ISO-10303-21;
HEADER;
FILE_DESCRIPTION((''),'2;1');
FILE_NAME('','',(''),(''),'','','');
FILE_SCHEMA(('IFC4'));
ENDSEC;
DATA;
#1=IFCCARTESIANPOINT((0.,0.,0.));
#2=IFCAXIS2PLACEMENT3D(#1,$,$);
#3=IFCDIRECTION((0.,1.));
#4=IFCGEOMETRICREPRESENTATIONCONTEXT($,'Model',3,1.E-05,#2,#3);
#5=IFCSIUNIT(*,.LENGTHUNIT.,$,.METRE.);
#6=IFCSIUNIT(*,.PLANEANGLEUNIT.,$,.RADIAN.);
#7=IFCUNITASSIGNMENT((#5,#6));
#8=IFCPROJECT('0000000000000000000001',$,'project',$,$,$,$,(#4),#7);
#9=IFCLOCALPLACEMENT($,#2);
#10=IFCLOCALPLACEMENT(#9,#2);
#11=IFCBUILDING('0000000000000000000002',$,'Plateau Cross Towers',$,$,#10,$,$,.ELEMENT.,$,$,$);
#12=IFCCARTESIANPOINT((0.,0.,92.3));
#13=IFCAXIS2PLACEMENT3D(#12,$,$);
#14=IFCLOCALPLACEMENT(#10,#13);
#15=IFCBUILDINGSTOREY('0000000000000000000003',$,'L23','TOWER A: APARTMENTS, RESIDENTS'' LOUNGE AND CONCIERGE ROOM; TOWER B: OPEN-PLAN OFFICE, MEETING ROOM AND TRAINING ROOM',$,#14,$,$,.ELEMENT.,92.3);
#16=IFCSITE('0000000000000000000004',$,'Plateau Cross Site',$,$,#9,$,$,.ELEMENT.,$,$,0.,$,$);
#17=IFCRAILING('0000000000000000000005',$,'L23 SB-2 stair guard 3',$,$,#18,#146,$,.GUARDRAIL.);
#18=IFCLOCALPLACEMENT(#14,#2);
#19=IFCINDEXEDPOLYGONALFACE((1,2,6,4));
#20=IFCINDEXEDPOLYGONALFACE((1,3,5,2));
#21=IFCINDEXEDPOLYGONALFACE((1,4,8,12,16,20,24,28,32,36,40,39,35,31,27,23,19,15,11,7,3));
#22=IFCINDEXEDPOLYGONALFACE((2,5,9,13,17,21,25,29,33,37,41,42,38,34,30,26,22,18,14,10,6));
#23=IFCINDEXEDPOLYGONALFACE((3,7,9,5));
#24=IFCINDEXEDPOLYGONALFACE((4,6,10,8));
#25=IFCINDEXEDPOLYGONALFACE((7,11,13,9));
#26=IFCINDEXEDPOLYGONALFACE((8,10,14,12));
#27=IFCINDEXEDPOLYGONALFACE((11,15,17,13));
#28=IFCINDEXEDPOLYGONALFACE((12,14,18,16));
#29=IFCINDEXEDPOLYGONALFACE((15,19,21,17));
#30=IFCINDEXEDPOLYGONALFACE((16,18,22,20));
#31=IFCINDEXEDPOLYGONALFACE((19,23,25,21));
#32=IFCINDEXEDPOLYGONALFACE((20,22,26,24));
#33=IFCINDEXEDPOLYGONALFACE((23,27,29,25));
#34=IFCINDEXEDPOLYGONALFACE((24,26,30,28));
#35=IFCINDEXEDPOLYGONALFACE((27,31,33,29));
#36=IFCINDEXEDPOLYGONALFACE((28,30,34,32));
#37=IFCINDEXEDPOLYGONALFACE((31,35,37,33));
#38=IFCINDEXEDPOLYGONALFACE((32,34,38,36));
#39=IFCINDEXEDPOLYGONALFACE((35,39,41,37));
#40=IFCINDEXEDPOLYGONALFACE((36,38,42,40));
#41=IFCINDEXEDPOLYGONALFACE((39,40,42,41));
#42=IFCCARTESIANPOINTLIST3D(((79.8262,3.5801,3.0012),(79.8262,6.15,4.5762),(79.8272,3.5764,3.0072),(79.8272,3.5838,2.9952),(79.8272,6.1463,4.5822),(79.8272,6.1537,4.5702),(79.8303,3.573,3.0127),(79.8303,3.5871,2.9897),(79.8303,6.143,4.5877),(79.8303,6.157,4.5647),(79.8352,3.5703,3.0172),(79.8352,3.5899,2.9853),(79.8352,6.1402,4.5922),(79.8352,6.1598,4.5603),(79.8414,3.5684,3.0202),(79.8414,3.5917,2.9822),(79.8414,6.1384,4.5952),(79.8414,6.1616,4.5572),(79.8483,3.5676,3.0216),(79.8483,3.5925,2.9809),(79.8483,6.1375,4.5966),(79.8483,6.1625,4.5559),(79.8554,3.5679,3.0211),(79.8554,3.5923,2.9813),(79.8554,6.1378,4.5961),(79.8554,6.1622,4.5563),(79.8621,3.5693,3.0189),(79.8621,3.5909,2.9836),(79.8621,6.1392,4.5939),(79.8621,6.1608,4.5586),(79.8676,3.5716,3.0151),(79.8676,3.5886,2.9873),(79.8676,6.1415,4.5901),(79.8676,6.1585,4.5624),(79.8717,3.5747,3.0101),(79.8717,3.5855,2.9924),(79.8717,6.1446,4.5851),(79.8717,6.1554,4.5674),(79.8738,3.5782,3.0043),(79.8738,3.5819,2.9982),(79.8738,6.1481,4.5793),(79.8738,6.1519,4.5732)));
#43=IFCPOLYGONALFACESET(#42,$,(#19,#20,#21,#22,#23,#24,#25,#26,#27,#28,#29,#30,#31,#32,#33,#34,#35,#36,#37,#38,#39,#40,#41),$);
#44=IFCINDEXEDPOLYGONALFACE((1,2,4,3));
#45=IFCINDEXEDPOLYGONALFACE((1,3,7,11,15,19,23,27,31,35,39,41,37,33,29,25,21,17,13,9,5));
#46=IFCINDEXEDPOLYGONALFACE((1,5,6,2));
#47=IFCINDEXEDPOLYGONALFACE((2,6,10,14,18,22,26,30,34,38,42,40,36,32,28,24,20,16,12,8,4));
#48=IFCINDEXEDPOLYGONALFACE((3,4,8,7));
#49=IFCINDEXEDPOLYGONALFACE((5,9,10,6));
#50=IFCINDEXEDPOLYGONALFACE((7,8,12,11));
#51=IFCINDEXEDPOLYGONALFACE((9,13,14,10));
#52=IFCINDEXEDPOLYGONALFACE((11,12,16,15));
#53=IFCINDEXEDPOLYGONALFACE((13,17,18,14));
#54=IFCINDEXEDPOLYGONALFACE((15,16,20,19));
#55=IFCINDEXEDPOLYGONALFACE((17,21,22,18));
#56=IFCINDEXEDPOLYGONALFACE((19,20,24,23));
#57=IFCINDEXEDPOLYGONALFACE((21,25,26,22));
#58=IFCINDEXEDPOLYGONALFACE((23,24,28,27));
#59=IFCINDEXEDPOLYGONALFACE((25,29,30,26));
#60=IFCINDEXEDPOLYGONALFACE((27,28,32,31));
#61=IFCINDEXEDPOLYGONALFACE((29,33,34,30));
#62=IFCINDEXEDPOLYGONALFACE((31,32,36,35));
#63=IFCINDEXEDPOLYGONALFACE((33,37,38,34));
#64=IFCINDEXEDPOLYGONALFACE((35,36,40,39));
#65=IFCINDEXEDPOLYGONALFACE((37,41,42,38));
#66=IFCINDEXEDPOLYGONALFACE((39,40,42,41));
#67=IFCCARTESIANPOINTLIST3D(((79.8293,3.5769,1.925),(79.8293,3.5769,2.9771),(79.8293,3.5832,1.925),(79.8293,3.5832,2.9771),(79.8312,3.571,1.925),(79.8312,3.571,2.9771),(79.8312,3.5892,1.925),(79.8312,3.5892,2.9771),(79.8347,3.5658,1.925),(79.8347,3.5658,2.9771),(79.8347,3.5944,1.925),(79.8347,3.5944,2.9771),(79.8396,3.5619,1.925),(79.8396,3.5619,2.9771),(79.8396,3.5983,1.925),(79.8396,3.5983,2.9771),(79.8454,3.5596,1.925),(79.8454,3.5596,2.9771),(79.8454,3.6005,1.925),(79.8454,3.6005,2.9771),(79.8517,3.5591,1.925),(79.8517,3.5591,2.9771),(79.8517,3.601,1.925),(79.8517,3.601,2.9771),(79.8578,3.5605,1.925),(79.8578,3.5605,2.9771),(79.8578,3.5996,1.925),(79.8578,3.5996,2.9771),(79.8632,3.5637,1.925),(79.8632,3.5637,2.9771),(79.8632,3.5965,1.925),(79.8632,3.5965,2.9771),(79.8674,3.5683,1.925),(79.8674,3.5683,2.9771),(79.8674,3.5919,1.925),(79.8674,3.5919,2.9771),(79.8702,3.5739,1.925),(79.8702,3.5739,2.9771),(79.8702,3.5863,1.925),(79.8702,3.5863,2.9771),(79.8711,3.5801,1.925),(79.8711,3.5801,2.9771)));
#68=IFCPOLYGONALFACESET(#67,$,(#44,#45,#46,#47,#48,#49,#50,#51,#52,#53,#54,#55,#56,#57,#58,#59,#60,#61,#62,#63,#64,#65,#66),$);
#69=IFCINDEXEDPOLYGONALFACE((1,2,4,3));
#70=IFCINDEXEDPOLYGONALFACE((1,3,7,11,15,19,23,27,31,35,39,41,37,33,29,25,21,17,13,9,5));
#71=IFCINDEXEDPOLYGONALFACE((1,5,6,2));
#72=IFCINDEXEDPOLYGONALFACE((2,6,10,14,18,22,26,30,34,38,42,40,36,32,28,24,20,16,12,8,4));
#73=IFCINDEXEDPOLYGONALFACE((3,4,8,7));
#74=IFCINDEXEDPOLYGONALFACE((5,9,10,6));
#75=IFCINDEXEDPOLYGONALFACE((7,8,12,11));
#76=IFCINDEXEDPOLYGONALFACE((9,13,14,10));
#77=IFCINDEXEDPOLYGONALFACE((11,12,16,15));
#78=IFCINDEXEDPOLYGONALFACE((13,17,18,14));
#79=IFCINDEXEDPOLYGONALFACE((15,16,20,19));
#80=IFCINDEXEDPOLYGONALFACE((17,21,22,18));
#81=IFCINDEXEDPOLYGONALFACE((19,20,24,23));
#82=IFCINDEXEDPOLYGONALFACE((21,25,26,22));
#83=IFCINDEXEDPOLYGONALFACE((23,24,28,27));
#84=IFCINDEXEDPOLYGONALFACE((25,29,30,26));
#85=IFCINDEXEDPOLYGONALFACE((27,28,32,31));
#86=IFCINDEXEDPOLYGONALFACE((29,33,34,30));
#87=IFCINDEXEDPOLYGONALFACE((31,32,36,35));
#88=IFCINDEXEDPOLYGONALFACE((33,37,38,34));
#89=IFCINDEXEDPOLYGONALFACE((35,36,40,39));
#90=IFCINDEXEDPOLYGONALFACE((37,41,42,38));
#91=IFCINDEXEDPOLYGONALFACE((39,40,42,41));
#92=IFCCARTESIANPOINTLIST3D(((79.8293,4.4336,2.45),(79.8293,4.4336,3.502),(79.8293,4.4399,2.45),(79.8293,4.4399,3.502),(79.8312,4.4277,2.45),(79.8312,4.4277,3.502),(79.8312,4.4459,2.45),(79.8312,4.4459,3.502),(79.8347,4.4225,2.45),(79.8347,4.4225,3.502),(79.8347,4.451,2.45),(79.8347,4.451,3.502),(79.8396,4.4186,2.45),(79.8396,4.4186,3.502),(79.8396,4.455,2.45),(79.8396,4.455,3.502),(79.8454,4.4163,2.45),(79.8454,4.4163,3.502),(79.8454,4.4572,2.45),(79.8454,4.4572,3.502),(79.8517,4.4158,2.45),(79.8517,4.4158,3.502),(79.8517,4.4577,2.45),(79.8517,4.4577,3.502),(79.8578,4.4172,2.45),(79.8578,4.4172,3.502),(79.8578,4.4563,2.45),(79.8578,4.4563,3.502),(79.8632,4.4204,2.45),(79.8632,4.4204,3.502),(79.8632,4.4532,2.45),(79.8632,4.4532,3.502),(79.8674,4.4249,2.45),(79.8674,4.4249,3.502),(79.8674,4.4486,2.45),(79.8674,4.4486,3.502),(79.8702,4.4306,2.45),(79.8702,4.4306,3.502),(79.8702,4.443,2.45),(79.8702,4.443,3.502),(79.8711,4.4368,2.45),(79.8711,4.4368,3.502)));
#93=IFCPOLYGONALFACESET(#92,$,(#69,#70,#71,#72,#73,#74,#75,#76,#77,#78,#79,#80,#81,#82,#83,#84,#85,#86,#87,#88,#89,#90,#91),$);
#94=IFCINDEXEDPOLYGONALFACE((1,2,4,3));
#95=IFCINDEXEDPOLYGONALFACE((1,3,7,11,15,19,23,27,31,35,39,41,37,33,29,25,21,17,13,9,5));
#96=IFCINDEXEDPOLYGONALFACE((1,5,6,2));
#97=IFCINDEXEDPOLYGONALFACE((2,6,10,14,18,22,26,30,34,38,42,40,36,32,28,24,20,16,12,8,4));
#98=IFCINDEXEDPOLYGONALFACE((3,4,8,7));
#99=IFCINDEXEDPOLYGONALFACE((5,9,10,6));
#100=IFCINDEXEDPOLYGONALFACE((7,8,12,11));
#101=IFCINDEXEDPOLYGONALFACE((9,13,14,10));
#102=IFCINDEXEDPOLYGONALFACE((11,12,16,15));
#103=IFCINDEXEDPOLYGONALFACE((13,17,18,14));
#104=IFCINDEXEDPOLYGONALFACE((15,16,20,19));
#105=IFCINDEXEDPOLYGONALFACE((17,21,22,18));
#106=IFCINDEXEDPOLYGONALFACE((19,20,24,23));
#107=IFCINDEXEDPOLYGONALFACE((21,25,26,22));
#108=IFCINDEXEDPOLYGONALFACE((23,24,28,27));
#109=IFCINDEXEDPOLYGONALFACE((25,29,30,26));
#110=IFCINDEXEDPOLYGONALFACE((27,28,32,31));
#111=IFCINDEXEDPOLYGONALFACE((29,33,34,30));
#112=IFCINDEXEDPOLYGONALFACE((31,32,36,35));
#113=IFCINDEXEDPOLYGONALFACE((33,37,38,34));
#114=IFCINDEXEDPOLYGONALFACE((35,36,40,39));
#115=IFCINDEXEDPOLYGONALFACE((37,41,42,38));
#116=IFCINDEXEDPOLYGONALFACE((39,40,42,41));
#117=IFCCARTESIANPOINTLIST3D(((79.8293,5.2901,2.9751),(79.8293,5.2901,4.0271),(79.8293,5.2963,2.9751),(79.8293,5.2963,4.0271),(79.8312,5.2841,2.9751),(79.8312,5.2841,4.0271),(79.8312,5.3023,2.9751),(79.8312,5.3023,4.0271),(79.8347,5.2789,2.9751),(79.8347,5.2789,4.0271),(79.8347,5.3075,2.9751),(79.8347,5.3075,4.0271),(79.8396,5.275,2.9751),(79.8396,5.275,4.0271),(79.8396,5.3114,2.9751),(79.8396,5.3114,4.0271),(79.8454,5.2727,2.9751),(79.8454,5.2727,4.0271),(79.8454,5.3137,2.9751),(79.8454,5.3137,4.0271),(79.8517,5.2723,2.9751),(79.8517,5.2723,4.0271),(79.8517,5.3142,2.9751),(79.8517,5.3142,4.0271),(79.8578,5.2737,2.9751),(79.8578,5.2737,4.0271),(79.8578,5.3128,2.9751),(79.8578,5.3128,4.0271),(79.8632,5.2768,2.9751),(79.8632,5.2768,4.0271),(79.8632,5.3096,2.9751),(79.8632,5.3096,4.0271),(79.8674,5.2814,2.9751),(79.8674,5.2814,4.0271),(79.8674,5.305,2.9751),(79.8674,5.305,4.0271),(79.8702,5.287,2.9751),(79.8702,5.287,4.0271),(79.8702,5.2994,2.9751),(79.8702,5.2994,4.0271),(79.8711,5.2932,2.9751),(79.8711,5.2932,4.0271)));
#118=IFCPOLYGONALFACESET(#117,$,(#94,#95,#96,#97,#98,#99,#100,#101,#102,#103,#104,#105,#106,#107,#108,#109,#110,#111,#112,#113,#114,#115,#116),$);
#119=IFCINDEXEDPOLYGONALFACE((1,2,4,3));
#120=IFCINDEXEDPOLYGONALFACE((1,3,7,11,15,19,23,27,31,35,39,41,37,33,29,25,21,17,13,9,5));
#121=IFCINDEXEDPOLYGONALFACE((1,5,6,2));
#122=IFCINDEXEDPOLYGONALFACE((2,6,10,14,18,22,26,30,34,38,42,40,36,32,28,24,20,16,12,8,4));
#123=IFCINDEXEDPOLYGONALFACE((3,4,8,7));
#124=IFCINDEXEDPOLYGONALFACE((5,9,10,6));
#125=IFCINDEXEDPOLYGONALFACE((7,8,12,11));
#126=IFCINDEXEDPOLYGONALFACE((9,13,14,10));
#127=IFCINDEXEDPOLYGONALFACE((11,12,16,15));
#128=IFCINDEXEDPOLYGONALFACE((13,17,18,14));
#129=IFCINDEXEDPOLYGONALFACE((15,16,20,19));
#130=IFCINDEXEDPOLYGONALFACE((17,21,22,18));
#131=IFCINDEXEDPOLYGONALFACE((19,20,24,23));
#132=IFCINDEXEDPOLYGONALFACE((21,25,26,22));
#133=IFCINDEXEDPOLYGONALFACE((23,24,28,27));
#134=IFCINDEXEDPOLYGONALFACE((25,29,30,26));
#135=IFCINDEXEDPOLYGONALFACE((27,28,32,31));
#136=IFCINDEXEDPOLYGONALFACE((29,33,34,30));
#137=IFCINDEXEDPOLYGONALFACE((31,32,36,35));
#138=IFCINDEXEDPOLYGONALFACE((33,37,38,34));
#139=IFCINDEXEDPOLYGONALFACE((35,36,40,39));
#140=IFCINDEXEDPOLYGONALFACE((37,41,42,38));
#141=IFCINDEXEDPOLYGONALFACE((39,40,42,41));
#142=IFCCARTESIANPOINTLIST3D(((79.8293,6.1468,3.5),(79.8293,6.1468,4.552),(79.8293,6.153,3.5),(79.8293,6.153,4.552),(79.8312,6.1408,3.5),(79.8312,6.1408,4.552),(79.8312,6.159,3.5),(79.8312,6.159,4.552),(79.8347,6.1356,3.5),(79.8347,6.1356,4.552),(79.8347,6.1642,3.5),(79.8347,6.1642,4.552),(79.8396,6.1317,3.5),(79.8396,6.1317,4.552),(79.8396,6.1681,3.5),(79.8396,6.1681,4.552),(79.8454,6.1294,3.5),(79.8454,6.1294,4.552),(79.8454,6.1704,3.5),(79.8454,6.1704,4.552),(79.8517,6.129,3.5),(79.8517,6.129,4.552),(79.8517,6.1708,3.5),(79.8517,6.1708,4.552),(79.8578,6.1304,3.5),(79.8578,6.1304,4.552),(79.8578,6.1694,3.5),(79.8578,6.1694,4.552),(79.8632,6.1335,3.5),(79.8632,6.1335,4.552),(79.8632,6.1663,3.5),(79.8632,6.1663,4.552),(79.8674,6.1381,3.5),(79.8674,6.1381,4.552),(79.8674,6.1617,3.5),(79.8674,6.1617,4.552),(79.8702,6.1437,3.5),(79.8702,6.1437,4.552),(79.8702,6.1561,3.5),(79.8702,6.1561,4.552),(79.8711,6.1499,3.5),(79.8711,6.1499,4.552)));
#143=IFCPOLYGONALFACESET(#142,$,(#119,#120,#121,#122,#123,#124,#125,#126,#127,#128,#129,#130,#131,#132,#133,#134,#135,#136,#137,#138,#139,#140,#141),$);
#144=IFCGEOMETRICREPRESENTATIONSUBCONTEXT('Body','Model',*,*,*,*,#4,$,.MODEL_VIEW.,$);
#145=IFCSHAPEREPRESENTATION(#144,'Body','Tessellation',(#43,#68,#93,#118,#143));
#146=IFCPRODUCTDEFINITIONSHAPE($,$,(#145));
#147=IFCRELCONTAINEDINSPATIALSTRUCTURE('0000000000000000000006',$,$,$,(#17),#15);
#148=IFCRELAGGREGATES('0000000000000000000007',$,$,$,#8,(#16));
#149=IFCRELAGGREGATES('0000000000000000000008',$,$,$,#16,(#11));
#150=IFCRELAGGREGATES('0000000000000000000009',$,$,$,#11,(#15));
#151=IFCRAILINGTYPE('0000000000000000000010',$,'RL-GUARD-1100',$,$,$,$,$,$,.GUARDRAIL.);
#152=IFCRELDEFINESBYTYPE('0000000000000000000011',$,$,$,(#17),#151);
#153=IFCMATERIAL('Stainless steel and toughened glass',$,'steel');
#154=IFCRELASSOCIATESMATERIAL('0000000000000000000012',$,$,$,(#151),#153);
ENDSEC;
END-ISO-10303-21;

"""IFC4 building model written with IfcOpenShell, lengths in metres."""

from ifc_helpers import new_model, si_unit, direction, frame, origin, origin_2d, place, context, subcontext, project, spatial, circle, extrude, material, type_object, element, save


model = new_model("IFC4")

# Units and contexts
model_context = context("Model", 3, precision=1e-05, world=origin(), true_north=direction((0.0, 1.0)))
body_context = subcontext(model_context, "Body", "Model", "MODEL_VIEW")
ifc_project = project(units=[si_unit("LENGTHUNIT", "METRE"), si_unit("PLANEANGLEUNIT", "RADIAN")], contexts=[model_context])

# Site, building, storey
site_placement = place(None, origin())
site = spatial("IfcSite", under=ifc_project, at=site_placement, Name="Plateau Cross Site", CompositionType="ELEMENT", RefElevation=0.0)
building_placement = place(site_placement, origin())
building = spatial("IfcBuilding", under=site, at=building_placement, Name="Plateau Cross Towers", CompositionType="ELEMENT")
storey_placement = place(building_placement, frame((0.0, 0.0, 92.3)))
storey = spatial("IfcBuildingStorey", under=building, at=storey_placement, Name="L23", Description="TOWER A: APARTMENTS, RESIDENTS' LOUNGE AND CONCIERGE ROOM; TOWER B: OPEN-PLAN OFFICE, MEETING ROOM AND TRAINING ROOM", CompositionType="ELEMENT", Elevation=92.3)

# Railing
ifc_material_1 = material(Name="Stainless steel and toughened glass", Category="steel")
railing_type_1 = type_object("IfcRailingType", Name="RL-GUARD-1100", PredefinedType="GUARDRAIL", material=ifc_material_1)
railing_1_placement = place(storey_placement, frame((79.8501, 3.5801, 1.925)))
element("IfcRailing", 1, at=railing_1_placement, inside=storey, type_object=railing_type_1, Name="L23 SB-2 stair guard 3", PredefinedType="GUARDRAIL", context=body_context, shape_type="SweptSolid", body=[
    extrude(circle(Radius=0.0239, at=origin_2d()), frame((0.0, 0.0, 1.0762), z_axis=(0.0, 0.852616, 0.522537), x_axis=(-1.0, 0.0, 0.0)), (0.0, 0.0, 1.0), 3.0142),
    extrude(circle(Radius=0.021, at=origin_2d()), origin(), (0.0, 0.0, 1.0), 1.052),
    extrude(circle(Radius=0.021, at=origin_2d()), frame((0.0, 0.8567, 0.5249)), (0.0, 0.0, 1.0), 1.052),
    extrude(circle(Radius=0.021, at=origin_2d()), frame((0.0, 1.7131, 1.05)), (0.0, 0.0, 1.0), 1.052),
    extrude(circle(Radius=0.021, at=origin_2d()), frame((0.0, 2.5698, 1.575)), (0.0, 0.0, 1.0), 1.052),
])

save(model, "model.ifc")
